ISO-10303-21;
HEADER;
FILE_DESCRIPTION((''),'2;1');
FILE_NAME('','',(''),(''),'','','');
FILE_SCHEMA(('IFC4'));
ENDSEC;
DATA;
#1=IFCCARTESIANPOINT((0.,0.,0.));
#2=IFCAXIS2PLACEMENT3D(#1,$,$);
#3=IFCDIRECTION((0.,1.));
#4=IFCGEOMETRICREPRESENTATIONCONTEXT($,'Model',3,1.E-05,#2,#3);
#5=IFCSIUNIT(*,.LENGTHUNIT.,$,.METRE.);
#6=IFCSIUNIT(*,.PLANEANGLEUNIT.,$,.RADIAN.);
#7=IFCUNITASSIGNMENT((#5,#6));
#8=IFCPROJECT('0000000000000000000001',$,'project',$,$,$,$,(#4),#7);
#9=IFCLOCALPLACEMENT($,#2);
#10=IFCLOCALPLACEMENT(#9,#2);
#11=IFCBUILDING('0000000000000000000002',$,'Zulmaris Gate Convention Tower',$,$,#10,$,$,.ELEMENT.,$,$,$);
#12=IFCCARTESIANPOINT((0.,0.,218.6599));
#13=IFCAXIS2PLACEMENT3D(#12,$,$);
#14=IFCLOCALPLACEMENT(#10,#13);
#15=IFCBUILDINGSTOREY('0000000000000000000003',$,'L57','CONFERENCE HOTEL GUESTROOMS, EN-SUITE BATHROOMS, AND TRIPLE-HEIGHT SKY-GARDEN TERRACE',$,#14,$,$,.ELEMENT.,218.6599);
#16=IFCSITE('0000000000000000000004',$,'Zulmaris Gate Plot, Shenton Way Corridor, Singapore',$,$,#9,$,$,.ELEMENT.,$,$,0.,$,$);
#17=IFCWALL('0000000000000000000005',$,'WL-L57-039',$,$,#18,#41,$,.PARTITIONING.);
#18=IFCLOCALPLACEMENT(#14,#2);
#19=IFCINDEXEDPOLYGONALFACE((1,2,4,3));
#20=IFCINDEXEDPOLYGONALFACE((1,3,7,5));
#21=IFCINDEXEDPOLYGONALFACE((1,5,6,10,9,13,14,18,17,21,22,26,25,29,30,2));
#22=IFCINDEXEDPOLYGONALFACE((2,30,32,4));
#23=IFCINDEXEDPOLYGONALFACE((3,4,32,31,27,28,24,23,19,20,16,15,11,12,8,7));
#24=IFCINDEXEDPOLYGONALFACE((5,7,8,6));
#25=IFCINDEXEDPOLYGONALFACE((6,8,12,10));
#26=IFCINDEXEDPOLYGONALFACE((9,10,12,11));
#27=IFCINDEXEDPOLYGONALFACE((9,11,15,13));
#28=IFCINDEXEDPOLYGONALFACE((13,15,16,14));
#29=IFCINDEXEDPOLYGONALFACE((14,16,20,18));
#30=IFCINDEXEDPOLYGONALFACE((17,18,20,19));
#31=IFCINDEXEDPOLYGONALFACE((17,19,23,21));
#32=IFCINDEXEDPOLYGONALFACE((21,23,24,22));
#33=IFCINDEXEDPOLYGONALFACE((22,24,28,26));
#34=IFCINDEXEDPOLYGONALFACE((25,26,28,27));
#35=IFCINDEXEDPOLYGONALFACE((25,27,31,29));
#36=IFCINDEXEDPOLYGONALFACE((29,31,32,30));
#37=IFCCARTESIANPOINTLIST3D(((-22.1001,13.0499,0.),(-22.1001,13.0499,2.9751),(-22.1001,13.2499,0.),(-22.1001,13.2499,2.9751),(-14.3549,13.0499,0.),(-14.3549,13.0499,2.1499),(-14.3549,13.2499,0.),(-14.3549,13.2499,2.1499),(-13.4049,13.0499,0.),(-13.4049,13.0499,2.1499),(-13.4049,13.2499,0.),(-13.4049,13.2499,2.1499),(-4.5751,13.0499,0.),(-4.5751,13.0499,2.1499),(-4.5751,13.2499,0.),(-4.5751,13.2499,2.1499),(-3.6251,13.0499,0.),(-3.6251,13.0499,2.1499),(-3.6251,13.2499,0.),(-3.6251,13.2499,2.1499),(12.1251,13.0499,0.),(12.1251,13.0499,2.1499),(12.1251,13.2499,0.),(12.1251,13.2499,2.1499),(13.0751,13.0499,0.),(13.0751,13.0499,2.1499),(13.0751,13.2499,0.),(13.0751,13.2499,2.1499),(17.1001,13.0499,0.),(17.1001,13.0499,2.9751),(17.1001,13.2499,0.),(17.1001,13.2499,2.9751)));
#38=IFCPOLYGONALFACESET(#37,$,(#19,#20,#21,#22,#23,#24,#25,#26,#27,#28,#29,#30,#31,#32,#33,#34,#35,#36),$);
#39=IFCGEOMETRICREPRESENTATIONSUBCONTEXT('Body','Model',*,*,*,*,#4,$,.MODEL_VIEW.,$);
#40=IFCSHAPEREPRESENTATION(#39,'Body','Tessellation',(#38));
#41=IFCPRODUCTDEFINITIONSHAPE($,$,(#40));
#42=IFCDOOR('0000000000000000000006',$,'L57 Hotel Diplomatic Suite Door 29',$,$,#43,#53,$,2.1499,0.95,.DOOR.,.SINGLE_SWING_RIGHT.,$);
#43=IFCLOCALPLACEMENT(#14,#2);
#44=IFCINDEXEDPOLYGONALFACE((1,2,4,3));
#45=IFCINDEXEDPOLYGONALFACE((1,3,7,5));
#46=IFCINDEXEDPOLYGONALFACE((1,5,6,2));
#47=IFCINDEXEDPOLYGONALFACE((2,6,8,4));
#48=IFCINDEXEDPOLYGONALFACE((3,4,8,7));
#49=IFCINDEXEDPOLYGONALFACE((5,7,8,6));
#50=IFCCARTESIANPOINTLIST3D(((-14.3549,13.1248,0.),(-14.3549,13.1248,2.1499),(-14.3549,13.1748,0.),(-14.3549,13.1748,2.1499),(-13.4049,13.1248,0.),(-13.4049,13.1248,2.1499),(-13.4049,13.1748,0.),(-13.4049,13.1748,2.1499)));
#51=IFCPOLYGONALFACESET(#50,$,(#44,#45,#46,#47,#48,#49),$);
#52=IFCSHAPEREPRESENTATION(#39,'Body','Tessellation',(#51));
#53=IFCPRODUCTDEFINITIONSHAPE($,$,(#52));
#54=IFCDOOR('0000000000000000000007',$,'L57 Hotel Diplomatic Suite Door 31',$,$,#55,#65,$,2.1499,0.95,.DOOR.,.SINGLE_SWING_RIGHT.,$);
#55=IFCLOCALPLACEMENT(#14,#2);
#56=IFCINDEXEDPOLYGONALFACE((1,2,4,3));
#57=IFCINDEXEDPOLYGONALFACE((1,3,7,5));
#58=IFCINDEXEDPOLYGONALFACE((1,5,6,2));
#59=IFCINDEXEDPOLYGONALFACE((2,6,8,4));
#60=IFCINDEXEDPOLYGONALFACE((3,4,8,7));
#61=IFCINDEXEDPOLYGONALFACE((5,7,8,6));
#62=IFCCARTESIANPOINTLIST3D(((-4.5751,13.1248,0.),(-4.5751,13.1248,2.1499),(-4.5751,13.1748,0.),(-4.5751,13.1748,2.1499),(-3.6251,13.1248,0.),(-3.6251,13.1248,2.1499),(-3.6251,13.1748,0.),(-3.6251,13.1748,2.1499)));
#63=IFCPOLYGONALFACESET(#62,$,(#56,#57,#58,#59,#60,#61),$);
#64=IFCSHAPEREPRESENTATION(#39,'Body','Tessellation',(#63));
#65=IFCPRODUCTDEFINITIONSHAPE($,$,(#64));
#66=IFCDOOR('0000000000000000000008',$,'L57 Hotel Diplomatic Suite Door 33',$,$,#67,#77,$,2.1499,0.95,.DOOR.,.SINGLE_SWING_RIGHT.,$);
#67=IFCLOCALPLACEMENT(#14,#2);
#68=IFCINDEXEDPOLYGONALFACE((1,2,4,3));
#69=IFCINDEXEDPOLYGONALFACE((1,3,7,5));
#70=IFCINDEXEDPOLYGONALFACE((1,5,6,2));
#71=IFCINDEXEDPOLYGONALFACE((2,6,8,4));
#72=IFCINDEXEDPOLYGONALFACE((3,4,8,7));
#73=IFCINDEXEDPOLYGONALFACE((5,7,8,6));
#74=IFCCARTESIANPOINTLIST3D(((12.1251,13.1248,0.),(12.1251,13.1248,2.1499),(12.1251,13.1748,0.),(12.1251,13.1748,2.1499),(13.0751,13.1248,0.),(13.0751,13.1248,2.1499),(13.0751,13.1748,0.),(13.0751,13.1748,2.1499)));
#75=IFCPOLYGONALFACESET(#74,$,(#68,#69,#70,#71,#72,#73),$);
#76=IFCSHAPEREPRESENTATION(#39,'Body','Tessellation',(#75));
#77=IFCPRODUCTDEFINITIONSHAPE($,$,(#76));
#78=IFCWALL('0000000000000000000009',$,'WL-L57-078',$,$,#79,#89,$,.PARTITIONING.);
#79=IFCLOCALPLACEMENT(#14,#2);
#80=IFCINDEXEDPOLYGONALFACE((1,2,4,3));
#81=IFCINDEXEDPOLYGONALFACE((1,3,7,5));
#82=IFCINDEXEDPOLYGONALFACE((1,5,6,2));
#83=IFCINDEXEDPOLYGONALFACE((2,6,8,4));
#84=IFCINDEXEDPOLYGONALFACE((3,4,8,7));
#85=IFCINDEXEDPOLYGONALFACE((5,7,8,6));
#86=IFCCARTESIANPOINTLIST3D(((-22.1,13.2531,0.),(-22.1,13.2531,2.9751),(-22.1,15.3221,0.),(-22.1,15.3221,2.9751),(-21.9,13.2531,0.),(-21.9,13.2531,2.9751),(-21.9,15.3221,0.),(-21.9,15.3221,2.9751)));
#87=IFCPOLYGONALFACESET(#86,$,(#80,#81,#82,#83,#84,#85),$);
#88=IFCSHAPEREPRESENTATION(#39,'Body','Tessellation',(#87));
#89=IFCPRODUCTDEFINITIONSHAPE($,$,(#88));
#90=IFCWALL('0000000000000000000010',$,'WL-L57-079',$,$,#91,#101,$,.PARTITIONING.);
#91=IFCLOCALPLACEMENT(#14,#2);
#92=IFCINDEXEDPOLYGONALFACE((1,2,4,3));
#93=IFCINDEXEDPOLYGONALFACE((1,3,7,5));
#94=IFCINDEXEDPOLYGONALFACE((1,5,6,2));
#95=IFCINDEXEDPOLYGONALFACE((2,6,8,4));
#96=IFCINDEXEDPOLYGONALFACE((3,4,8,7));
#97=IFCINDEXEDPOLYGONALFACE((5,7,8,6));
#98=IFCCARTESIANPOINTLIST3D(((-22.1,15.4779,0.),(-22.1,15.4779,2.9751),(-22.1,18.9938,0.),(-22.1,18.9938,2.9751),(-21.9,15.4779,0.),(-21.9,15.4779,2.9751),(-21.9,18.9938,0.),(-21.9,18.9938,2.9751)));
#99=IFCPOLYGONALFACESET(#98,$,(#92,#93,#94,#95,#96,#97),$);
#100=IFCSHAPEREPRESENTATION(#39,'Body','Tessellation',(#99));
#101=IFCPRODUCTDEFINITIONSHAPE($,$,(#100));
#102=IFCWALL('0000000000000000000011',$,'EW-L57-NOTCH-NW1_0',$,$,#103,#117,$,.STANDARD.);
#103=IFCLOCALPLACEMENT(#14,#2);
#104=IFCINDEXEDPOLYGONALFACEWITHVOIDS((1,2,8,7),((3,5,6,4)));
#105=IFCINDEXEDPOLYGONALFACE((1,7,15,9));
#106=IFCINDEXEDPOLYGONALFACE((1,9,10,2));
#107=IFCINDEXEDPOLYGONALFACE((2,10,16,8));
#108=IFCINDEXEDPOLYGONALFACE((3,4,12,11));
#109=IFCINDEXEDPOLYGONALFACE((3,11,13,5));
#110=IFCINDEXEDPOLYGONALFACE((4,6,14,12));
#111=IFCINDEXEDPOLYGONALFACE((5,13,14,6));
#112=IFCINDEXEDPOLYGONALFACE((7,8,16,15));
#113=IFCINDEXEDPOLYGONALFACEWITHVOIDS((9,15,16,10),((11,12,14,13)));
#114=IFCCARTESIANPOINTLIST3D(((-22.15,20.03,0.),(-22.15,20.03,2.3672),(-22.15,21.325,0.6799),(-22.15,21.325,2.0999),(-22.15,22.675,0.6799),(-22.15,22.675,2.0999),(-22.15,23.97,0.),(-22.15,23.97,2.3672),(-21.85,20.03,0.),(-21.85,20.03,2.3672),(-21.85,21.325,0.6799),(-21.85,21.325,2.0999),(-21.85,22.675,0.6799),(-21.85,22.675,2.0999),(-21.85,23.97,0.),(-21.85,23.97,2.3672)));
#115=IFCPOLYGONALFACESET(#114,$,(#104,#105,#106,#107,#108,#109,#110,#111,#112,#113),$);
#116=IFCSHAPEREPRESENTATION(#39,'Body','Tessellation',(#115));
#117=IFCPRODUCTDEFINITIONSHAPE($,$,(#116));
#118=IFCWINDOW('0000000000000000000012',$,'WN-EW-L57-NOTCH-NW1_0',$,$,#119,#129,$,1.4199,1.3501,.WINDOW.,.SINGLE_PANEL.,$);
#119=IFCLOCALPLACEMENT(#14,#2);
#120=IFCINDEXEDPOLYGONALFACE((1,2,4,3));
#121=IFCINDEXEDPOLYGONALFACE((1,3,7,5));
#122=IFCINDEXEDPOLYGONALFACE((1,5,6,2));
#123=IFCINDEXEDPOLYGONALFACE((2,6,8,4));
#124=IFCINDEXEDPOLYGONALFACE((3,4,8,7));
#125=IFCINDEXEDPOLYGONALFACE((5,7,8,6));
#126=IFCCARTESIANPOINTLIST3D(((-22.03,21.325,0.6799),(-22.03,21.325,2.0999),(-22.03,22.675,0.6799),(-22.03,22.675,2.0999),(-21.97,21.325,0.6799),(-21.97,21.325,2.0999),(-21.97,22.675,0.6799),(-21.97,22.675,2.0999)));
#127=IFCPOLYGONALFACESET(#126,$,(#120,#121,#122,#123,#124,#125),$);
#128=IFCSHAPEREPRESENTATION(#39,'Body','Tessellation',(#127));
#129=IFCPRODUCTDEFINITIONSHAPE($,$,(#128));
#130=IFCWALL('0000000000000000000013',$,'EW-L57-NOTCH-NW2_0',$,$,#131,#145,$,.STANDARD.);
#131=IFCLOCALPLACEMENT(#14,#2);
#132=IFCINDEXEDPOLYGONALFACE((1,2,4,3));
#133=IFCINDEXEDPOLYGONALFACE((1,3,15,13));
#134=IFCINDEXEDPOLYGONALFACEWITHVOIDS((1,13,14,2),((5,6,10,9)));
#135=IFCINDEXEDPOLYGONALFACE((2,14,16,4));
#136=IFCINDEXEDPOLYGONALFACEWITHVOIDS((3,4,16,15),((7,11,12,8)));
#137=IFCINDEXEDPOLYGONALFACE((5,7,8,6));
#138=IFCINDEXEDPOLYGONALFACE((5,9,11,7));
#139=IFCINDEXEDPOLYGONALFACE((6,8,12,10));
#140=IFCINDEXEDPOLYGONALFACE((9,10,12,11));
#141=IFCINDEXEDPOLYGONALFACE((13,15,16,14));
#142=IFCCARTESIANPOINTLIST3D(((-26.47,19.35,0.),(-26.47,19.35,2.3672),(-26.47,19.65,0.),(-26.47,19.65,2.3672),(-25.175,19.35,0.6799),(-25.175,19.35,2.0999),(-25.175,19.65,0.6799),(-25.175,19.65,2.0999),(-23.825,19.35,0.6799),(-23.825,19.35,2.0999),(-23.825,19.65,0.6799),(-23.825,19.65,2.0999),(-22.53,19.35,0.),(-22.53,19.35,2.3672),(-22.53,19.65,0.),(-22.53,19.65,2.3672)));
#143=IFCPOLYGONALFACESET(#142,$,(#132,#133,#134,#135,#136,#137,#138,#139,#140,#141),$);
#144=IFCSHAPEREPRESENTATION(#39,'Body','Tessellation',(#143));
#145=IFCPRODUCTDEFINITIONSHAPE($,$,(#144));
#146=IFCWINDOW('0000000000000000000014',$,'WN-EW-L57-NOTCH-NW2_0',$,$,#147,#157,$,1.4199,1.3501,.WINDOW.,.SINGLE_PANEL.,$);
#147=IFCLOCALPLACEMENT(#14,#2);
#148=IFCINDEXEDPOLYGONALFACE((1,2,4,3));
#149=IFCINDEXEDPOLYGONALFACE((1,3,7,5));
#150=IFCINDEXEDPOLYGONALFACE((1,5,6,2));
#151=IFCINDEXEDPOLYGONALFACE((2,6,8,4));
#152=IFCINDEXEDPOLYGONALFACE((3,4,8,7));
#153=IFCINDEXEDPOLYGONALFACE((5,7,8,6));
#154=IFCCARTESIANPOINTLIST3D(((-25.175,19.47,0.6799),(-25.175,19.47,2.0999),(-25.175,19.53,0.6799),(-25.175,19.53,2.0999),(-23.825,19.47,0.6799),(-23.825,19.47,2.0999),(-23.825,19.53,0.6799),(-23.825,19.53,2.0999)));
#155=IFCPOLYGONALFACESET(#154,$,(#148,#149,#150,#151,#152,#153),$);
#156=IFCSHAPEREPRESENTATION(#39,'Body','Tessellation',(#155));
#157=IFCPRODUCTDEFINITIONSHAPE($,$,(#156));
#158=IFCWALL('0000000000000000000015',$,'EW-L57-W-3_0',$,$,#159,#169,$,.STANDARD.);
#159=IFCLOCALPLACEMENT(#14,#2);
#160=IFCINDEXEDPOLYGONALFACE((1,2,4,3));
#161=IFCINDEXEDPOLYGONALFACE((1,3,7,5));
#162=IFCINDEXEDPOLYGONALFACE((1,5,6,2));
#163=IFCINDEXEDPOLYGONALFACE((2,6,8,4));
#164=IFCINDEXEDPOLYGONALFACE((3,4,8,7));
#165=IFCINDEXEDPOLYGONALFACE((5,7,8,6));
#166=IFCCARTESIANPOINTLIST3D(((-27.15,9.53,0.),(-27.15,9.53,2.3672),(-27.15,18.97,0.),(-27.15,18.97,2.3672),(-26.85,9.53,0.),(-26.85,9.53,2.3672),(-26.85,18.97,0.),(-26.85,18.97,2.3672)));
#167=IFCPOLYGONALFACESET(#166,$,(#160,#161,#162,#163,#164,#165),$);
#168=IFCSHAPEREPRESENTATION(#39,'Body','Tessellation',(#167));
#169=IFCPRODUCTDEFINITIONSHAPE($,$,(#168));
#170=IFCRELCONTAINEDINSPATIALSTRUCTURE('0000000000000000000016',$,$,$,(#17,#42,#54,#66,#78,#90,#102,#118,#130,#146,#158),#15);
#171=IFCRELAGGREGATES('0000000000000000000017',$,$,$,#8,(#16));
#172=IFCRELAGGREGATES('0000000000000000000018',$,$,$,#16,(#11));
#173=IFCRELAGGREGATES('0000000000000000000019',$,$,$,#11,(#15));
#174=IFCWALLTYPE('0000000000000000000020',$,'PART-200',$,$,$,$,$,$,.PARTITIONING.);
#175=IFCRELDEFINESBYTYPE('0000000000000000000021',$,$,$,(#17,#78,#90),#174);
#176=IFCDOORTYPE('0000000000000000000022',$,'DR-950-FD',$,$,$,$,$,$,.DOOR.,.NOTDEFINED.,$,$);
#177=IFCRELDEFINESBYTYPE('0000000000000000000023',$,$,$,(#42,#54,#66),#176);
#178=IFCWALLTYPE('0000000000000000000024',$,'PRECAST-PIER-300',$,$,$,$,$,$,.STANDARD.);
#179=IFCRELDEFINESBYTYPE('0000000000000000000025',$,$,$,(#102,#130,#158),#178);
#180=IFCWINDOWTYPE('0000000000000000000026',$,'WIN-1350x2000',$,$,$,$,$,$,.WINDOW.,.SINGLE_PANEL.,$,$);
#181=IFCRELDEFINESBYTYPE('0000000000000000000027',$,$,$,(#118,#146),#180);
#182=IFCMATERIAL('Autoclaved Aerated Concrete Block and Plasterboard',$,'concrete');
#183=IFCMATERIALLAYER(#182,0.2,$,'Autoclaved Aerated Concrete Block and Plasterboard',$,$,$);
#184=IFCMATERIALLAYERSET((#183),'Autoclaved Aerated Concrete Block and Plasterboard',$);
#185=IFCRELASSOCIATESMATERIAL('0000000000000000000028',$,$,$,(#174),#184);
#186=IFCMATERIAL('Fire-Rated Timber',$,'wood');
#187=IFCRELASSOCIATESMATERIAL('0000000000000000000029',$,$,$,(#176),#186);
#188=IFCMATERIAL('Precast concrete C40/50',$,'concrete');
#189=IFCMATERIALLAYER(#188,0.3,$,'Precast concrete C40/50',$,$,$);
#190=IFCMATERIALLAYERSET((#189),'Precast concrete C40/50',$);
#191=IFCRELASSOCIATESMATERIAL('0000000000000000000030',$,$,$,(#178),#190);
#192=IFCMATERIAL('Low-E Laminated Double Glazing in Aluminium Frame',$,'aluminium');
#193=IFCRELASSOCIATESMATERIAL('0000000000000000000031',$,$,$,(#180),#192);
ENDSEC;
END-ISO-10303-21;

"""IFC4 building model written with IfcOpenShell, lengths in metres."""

from ifc_helpers import new_model, si_unit, direction, frame, frame_2d, origin, place, context, subcontext, project, spatial, rectangle, extrude, material, layer, layer_set, type_object, element, fill, save


model = new_model("IFC4")

# Units and contexts
model_context = context("Model", 3, precision=1e-05, world=origin(), true_north=direction((0.0, 1.0)))
body_context = subcontext(model_context, "Body", "Model", "MODEL_VIEW")
ifc_project = project(units=[si_unit("LENGTHUNIT", "METRE"), si_unit("PLANEANGLEUNIT", "RADIAN")], contexts=[model_context])

# Site, building, storey
site_placement = place(None, origin())
site = spatial("IfcSite", under=ifc_project, at=site_placement, Name="Zulmaris Gate Plot, Shenton Way Corridor, Singapore", CompositionType="ELEMENT", RefElevation=0.0)
building_placement = place(site_placement, origin())
building = spatial("IfcBuilding", under=site, at=building_placement, Name="Zulmaris Gate Convention Tower", CompositionType="ELEMENT")
storey_placement = place(building_placement, frame((0.0, 0.0, 218.6599)))
storey = spatial("IfcBuildingStorey", under=building, at=storey_placement, Name="L57", Description="CONFERENCE HOTEL GUESTROOMS, EN-SUITE BATHROOMS, AND TRIPLE-HEIGHT SKY-GARDEN TERRACE", CompositionType="ELEMENT", Elevation=218.6599)

# Wall, openings, doors
ifc_material_1 = material(Name="Autoclaved Aerated Concrete Block and Plasterboard", Category="concrete")
ifc_layer_1 = layer(ifc_material_1, 0.2, Name="Autoclaved Aerated Concrete Block and Plasterboard")
ifc_layer_set_1 = layer_set([ifc_layer_1], Name="Autoclaved Aerated Concrete Block and Plasterboard")
wall_type_1 = type_object("IfcWallType", Name="PART-200", PredefinedType="PARTITIONING", material=ifc_layer_set_1)
wall_1_placement = place(storey_placement, frame((-22.1001, 13.1499, 0.0), z_axis=(0.0, 0.0, 1.0), x_axis=(1.0, 0.0, 0.0)))
wall_1 = element("IfcWall", 1, at=wall_1_placement, inside=storey, type_object=wall_type_1, Name="WL-L57-039", PredefinedType="PARTITIONING", context=body_context, shape_type="SweptSolid", body=[
    extrude(rectangle(XDim=39.2002, YDim=0.2, at=frame_2d((19.6001, 0.0))), origin(), (0.0, 0.0, 1.0), 2.9751),
])
opening_1_placement = place(wall_1_placement, frame((7.7451, 0.0, 0.0)))
opening_1 = element("IfcOpeningElement", 2, at=opening_1_placement, cuts=wall_1, PredefinedType="OPENING", context=body_context, shape_type="SweptSolid", body=[
    extrude(rectangle(XDim=0.95, YDim=2.1499, at=frame_2d((0.4751, 1.075))), frame((0.0, 0.1099, 0.0), z_axis=(0.0, -1.0, 0.0), x_axis=(1.0, 0.0, 0.0)), (0.0, 0.0, 1.0), 0.22),
])
opening_2_placement = place(wall_1_placement, frame((17.5249, 0.0, 0.0)))
opening_2 = element("IfcOpeningElement", 3, at=opening_2_placement, cuts=wall_1, PredefinedType="OPENING", context=body_context, shape_type="SweptSolid", body=[
    extrude(rectangle(XDim=0.95, YDim=2.1499, at=frame_2d((0.4751, 1.075))), frame((0.0, 0.1099, 0.0), z_axis=(0.0, -1.0, 0.0), x_axis=(1.0, 0.0, 0.0)), (0.0, 0.0, 1.0), 0.22),
])
opening_3_placement = place(wall_1_placement, frame((34.2251, 0.0, 0.0)))
opening_3 = element("IfcOpeningElement", 4, at=opening_3_placement, cuts=wall_1, PredefinedType="OPENING", context=body_context, shape_type="SweptSolid", body=[
    extrude(rectangle(XDim=0.95, YDim=2.1499, at=frame_2d((0.4751, 1.075))), frame((0.0, 0.1099, 0.0), z_axis=(0.0, -1.0, 0.0), x_axis=(1.0, 0.0, 0.0)), (0.0, 0.0, 1.0), 0.22),
])
ifc_material_2 = material(Name="Fire-Rated Timber", Category="wood")
door_type_1 = type_object("IfcDoorType", Name="DR-950-FD", OperationType="NOTDEFINED", PredefinedType="DOOR", material=ifc_material_2)
door_1_placement = place(opening_1_placement, origin())
door_1 = element("IfcDoor", 5, at=door_1_placement, inside=storey, type_object=door_type_1, Name="L57 Hotel Diplomatic Suite Door 29", OperationType="SINGLE_SWING_RIGHT", OverallHeight=2.1499, OverallWidth=0.95, PredefinedType="DOOR", context=body_context, shape_type="SweptSolid", body=[
    extrude(rectangle(XDim=0.95, YDim=2.1499, at=frame_2d((0.4751, 1.075))), frame((0.0, 0.0249, 0.0), z_axis=(0.0, -1.0, 0.0), x_axis=(1.0, 0.0, 0.0)), (0.0, 0.0, 1.0), 0.05),
])
fill(opening_1, door_1)
door_2_placement = place(opening_2_placement, origin())
door_2 = element("IfcDoor", 6, at=door_2_placement, inside=storey, type_object=door_type_1, Name="L57 Hotel Diplomatic Suite Door 31", OperationType="SINGLE_SWING_RIGHT", OverallHeight=2.1499, OverallWidth=0.95, PredefinedType="DOOR", context=body_context, shape_type="SweptSolid", body=[
    extrude(rectangle(XDim=0.95, YDim=2.1499, at=frame_2d((0.4751, 1.075))), frame((0.0, 0.0249, 0.0), z_axis=(0.0, -1.0, 0.0), x_axis=(1.0, 0.0, 0.0)), (0.0, 0.0, 1.0), 0.05),
])
fill(opening_2, door_2)
door_3_placement = place(opening_3_placement, origin())
door_3 = element("IfcDoor", 7, at=door_3_placement, inside=storey, type_object=door_type_1, Name="L57 Hotel Diplomatic Suite Door 33", OperationType="SINGLE_SWING_RIGHT", OverallHeight=2.1499, OverallWidth=0.95, PredefinedType="DOOR", context=body_context, shape_type="SweptSolid", body=[
    extrude(rectangle(XDim=0.95, YDim=2.1499, at=frame_2d((0.4751, 1.075))), frame((0.0, 0.0249, 0.0), z_axis=(0.0, -1.0, 0.0), x_axis=(1.0, 0.0, 0.0)), (0.0, 0.0, 1.0), 0.05),
])
fill(opening_3, door_3)

# Walls
wall_2_placement = place(storey_placement, frame((-22.0, 13.2529, 0.0), z_axis=(0.0, 0.0, 1.0), x_axis=(0.0, 1.0, 0.0)))
element("IfcWall", 8, at=wall_2_placement, inside=storey, type_object=wall_type_1, Name="WL-L57-078", PredefinedType="PARTITIONING", context=body_context, shape_type="SweptSolid", body=[
    extrude(rectangle(XDim=2.0691, YDim=0.2, at=frame_2d((1.0347, 0.0))), origin(), (0.0, 0.0, 1.0), 2.9751),
])
wall_3_placement = place(storey_placement, frame((-22.0, 15.478, 0.0), z_axis=(0.0, 0.0, 1.0), x_axis=(0.0, 1.0, 0.0)))
element("IfcWall", 9, at=wall_3_placement, inside=storey, type_object=wall_type_1, Name="WL-L57-079", PredefinedType="PARTITIONING", context=body_context, shape_type="SweptSolid", body=[
    extrude(rectangle(XDim=3.5159, YDim=0.2, at=frame_2d((1.7578, 0.0))), origin(), (0.0, 0.0, 1.0), 2.9751),
])

# Walls, openings, windows
ifc_material_3 = material(Name="Precast concrete C40/50", Category="concrete")
ifc_layer_2 = layer(ifc_material_3, 0.3, Name="Precast concrete C40/50")
ifc_layer_set_2 = layer_set([ifc_layer_2], Name="Precast concrete C40/50")
wall_type_2 = type_object("IfcWallType", Name="PRECAST-PIER-300", PredefinedType="STANDARD", material=ifc_layer_set_2)
wall_4_placement = place(storey_placement, frame((-22.0, 23.97, 0.0), z_axis=(0.0, 0.0, 1.0), x_axis=(0.0, -1.0, 0.0)))
wall_4 = element("IfcWall", 10, at=wall_4_placement, inside=storey, type_object=wall_type_2, Name="EW-L57-NOTCH-NW1_0", PredefinedType="STANDARD", context=body_context, shape_type="SweptSolid", body=[
    extrude(rectangle(XDim=3.9399, YDim=0.3, at=frame_2d((1.97, 0.0))), origin(), (0.0, 0.0, 1.0), 2.3672),
])
opening_4_placement = place(wall_4_placement, frame((1.2949, 0.0, 0.6799)))
opening_4 = element("IfcOpeningElement", 11, at=opening_4_placement, cuts=wall_4, PredefinedType="OPENING", context=body_context, shape_type="SweptSolid", body=[
    extrude(rectangle(XDim=1.3501, YDim=1.4199, at=frame_2d((0.675, 0.71))), frame((0.0, 0.1602, 0.0), z_axis=(0.0, -1.0, 0.0), x_axis=(1.0, 0.0, 0.0)), (0.0, 0.0, 1.0), 0.3201),
])
ifc_material_4 = material(Name="Low-E Laminated Double Glazing in Aluminium Frame", Category="aluminium")
window_type = type_object("IfcWindowType", Name="WIN-1350x2000", PartitioningType="SINGLE_PANEL", PredefinedType="WINDOW", material=ifc_material_4)
window_1_placement = place(opening_4_placement, origin())
window_1 = element("IfcWindow", 12, at=window_1_placement, inside=storey, type_object=window_type, Name="WN-EW-L57-NOTCH-NW1_0", OverallHeight=1.4199, OverallWidth=1.3501, PartitioningType="SINGLE_PANEL", PredefinedType="WINDOW", context=body_context, shape_type="SweptSolid", body=[
    extrude(rectangle(XDim=1.3501, YDim=1.4199, at=frame_2d((0.675, 0.71))), frame((0.0, 0.03, 0.0), z_axis=(0.0, -1.0, 0.0), x_axis=(1.0, 0.0, 0.0)), (0.0, 0.0, 1.0), 0.0601),
])
fill(opening_4, window_1)
wall_5_placement = place(storey_placement, frame((-22.53, 19.5, 0.0), z_axis=(0.0, 0.0, 1.0), x_axis=(-1.0, 0.0, 0.0)))
wall_5 = element("IfcWall", 13, at=wall_5_placement, inside=storey, type_object=wall_type_2, Name="EW-L57-NOTCH-NW2_0", PredefinedType="STANDARD", context=body_context, shape_type="SweptSolid", body=[
    extrude(rectangle(XDim=3.9399, YDim=0.3, at=frame_2d((1.97, 0.0))), origin(), (0.0, 0.0, 1.0), 2.3672),
])
opening_5_placement = place(wall_5_placement, frame((1.2949, 0.0, 0.6799)))
opening_5 = element("IfcOpeningElement", 14, at=opening_5_placement, cuts=wall_5, PredefinedType="OPENING", context=body_context, shape_type="SweptSolid", body=[
    extrude(rectangle(XDim=1.3501, YDim=1.4199, at=frame_2d((0.675, 0.71))), frame((0.0, 0.1602, 0.0), z_axis=(0.0, -1.0, 0.0), x_axis=(1.0, 0.0, 0.0)), (0.0, 0.0, 1.0), 0.3201),
])
window_2_placement = place(opening_5_placement, origin())
window_2 = element("IfcWindow", 15, at=window_2_placement, inside=storey, type_object=window_type, Name="WN-EW-L57-NOTCH-NW2_0", OverallHeight=1.4199, OverallWidth=1.3501, PartitioningType="SINGLE_PANEL", PredefinedType="WINDOW", context=body_context, shape_type="SweptSolid", body=[
    extrude(rectangle(XDim=1.3501, YDim=1.4199, at=frame_2d((0.675, 0.71))), frame((0.0, 0.03, 0.0), z_axis=(0.0, -1.0, 0.0), x_axis=(1.0, 0.0, 0.0)), (0.0, 0.0, 1.0), 0.0601),
])
fill(opening_5, window_2)

# Wall
wall_6_placement = place(storey_placement, frame((-27.0, 18.97, 0.0), z_axis=(0.0, 0.0, 1.0), x_axis=(0.0, -1.0, 0.0)))
element("IfcWall", 16, at=wall_6_placement, inside=storey, type_object=wall_type_2, Name="EW-L57-W-3_0", PredefinedType="STANDARD", context=body_context, shape_type="SweptSolid", body=[
    extrude(rectangle(XDim=9.4399, YDim=0.3, at=frame_2d((4.72, 0.0))), origin(), (0.0, 0.0, 1.0), 2.3672),
])

save(model, "model.ifc")
